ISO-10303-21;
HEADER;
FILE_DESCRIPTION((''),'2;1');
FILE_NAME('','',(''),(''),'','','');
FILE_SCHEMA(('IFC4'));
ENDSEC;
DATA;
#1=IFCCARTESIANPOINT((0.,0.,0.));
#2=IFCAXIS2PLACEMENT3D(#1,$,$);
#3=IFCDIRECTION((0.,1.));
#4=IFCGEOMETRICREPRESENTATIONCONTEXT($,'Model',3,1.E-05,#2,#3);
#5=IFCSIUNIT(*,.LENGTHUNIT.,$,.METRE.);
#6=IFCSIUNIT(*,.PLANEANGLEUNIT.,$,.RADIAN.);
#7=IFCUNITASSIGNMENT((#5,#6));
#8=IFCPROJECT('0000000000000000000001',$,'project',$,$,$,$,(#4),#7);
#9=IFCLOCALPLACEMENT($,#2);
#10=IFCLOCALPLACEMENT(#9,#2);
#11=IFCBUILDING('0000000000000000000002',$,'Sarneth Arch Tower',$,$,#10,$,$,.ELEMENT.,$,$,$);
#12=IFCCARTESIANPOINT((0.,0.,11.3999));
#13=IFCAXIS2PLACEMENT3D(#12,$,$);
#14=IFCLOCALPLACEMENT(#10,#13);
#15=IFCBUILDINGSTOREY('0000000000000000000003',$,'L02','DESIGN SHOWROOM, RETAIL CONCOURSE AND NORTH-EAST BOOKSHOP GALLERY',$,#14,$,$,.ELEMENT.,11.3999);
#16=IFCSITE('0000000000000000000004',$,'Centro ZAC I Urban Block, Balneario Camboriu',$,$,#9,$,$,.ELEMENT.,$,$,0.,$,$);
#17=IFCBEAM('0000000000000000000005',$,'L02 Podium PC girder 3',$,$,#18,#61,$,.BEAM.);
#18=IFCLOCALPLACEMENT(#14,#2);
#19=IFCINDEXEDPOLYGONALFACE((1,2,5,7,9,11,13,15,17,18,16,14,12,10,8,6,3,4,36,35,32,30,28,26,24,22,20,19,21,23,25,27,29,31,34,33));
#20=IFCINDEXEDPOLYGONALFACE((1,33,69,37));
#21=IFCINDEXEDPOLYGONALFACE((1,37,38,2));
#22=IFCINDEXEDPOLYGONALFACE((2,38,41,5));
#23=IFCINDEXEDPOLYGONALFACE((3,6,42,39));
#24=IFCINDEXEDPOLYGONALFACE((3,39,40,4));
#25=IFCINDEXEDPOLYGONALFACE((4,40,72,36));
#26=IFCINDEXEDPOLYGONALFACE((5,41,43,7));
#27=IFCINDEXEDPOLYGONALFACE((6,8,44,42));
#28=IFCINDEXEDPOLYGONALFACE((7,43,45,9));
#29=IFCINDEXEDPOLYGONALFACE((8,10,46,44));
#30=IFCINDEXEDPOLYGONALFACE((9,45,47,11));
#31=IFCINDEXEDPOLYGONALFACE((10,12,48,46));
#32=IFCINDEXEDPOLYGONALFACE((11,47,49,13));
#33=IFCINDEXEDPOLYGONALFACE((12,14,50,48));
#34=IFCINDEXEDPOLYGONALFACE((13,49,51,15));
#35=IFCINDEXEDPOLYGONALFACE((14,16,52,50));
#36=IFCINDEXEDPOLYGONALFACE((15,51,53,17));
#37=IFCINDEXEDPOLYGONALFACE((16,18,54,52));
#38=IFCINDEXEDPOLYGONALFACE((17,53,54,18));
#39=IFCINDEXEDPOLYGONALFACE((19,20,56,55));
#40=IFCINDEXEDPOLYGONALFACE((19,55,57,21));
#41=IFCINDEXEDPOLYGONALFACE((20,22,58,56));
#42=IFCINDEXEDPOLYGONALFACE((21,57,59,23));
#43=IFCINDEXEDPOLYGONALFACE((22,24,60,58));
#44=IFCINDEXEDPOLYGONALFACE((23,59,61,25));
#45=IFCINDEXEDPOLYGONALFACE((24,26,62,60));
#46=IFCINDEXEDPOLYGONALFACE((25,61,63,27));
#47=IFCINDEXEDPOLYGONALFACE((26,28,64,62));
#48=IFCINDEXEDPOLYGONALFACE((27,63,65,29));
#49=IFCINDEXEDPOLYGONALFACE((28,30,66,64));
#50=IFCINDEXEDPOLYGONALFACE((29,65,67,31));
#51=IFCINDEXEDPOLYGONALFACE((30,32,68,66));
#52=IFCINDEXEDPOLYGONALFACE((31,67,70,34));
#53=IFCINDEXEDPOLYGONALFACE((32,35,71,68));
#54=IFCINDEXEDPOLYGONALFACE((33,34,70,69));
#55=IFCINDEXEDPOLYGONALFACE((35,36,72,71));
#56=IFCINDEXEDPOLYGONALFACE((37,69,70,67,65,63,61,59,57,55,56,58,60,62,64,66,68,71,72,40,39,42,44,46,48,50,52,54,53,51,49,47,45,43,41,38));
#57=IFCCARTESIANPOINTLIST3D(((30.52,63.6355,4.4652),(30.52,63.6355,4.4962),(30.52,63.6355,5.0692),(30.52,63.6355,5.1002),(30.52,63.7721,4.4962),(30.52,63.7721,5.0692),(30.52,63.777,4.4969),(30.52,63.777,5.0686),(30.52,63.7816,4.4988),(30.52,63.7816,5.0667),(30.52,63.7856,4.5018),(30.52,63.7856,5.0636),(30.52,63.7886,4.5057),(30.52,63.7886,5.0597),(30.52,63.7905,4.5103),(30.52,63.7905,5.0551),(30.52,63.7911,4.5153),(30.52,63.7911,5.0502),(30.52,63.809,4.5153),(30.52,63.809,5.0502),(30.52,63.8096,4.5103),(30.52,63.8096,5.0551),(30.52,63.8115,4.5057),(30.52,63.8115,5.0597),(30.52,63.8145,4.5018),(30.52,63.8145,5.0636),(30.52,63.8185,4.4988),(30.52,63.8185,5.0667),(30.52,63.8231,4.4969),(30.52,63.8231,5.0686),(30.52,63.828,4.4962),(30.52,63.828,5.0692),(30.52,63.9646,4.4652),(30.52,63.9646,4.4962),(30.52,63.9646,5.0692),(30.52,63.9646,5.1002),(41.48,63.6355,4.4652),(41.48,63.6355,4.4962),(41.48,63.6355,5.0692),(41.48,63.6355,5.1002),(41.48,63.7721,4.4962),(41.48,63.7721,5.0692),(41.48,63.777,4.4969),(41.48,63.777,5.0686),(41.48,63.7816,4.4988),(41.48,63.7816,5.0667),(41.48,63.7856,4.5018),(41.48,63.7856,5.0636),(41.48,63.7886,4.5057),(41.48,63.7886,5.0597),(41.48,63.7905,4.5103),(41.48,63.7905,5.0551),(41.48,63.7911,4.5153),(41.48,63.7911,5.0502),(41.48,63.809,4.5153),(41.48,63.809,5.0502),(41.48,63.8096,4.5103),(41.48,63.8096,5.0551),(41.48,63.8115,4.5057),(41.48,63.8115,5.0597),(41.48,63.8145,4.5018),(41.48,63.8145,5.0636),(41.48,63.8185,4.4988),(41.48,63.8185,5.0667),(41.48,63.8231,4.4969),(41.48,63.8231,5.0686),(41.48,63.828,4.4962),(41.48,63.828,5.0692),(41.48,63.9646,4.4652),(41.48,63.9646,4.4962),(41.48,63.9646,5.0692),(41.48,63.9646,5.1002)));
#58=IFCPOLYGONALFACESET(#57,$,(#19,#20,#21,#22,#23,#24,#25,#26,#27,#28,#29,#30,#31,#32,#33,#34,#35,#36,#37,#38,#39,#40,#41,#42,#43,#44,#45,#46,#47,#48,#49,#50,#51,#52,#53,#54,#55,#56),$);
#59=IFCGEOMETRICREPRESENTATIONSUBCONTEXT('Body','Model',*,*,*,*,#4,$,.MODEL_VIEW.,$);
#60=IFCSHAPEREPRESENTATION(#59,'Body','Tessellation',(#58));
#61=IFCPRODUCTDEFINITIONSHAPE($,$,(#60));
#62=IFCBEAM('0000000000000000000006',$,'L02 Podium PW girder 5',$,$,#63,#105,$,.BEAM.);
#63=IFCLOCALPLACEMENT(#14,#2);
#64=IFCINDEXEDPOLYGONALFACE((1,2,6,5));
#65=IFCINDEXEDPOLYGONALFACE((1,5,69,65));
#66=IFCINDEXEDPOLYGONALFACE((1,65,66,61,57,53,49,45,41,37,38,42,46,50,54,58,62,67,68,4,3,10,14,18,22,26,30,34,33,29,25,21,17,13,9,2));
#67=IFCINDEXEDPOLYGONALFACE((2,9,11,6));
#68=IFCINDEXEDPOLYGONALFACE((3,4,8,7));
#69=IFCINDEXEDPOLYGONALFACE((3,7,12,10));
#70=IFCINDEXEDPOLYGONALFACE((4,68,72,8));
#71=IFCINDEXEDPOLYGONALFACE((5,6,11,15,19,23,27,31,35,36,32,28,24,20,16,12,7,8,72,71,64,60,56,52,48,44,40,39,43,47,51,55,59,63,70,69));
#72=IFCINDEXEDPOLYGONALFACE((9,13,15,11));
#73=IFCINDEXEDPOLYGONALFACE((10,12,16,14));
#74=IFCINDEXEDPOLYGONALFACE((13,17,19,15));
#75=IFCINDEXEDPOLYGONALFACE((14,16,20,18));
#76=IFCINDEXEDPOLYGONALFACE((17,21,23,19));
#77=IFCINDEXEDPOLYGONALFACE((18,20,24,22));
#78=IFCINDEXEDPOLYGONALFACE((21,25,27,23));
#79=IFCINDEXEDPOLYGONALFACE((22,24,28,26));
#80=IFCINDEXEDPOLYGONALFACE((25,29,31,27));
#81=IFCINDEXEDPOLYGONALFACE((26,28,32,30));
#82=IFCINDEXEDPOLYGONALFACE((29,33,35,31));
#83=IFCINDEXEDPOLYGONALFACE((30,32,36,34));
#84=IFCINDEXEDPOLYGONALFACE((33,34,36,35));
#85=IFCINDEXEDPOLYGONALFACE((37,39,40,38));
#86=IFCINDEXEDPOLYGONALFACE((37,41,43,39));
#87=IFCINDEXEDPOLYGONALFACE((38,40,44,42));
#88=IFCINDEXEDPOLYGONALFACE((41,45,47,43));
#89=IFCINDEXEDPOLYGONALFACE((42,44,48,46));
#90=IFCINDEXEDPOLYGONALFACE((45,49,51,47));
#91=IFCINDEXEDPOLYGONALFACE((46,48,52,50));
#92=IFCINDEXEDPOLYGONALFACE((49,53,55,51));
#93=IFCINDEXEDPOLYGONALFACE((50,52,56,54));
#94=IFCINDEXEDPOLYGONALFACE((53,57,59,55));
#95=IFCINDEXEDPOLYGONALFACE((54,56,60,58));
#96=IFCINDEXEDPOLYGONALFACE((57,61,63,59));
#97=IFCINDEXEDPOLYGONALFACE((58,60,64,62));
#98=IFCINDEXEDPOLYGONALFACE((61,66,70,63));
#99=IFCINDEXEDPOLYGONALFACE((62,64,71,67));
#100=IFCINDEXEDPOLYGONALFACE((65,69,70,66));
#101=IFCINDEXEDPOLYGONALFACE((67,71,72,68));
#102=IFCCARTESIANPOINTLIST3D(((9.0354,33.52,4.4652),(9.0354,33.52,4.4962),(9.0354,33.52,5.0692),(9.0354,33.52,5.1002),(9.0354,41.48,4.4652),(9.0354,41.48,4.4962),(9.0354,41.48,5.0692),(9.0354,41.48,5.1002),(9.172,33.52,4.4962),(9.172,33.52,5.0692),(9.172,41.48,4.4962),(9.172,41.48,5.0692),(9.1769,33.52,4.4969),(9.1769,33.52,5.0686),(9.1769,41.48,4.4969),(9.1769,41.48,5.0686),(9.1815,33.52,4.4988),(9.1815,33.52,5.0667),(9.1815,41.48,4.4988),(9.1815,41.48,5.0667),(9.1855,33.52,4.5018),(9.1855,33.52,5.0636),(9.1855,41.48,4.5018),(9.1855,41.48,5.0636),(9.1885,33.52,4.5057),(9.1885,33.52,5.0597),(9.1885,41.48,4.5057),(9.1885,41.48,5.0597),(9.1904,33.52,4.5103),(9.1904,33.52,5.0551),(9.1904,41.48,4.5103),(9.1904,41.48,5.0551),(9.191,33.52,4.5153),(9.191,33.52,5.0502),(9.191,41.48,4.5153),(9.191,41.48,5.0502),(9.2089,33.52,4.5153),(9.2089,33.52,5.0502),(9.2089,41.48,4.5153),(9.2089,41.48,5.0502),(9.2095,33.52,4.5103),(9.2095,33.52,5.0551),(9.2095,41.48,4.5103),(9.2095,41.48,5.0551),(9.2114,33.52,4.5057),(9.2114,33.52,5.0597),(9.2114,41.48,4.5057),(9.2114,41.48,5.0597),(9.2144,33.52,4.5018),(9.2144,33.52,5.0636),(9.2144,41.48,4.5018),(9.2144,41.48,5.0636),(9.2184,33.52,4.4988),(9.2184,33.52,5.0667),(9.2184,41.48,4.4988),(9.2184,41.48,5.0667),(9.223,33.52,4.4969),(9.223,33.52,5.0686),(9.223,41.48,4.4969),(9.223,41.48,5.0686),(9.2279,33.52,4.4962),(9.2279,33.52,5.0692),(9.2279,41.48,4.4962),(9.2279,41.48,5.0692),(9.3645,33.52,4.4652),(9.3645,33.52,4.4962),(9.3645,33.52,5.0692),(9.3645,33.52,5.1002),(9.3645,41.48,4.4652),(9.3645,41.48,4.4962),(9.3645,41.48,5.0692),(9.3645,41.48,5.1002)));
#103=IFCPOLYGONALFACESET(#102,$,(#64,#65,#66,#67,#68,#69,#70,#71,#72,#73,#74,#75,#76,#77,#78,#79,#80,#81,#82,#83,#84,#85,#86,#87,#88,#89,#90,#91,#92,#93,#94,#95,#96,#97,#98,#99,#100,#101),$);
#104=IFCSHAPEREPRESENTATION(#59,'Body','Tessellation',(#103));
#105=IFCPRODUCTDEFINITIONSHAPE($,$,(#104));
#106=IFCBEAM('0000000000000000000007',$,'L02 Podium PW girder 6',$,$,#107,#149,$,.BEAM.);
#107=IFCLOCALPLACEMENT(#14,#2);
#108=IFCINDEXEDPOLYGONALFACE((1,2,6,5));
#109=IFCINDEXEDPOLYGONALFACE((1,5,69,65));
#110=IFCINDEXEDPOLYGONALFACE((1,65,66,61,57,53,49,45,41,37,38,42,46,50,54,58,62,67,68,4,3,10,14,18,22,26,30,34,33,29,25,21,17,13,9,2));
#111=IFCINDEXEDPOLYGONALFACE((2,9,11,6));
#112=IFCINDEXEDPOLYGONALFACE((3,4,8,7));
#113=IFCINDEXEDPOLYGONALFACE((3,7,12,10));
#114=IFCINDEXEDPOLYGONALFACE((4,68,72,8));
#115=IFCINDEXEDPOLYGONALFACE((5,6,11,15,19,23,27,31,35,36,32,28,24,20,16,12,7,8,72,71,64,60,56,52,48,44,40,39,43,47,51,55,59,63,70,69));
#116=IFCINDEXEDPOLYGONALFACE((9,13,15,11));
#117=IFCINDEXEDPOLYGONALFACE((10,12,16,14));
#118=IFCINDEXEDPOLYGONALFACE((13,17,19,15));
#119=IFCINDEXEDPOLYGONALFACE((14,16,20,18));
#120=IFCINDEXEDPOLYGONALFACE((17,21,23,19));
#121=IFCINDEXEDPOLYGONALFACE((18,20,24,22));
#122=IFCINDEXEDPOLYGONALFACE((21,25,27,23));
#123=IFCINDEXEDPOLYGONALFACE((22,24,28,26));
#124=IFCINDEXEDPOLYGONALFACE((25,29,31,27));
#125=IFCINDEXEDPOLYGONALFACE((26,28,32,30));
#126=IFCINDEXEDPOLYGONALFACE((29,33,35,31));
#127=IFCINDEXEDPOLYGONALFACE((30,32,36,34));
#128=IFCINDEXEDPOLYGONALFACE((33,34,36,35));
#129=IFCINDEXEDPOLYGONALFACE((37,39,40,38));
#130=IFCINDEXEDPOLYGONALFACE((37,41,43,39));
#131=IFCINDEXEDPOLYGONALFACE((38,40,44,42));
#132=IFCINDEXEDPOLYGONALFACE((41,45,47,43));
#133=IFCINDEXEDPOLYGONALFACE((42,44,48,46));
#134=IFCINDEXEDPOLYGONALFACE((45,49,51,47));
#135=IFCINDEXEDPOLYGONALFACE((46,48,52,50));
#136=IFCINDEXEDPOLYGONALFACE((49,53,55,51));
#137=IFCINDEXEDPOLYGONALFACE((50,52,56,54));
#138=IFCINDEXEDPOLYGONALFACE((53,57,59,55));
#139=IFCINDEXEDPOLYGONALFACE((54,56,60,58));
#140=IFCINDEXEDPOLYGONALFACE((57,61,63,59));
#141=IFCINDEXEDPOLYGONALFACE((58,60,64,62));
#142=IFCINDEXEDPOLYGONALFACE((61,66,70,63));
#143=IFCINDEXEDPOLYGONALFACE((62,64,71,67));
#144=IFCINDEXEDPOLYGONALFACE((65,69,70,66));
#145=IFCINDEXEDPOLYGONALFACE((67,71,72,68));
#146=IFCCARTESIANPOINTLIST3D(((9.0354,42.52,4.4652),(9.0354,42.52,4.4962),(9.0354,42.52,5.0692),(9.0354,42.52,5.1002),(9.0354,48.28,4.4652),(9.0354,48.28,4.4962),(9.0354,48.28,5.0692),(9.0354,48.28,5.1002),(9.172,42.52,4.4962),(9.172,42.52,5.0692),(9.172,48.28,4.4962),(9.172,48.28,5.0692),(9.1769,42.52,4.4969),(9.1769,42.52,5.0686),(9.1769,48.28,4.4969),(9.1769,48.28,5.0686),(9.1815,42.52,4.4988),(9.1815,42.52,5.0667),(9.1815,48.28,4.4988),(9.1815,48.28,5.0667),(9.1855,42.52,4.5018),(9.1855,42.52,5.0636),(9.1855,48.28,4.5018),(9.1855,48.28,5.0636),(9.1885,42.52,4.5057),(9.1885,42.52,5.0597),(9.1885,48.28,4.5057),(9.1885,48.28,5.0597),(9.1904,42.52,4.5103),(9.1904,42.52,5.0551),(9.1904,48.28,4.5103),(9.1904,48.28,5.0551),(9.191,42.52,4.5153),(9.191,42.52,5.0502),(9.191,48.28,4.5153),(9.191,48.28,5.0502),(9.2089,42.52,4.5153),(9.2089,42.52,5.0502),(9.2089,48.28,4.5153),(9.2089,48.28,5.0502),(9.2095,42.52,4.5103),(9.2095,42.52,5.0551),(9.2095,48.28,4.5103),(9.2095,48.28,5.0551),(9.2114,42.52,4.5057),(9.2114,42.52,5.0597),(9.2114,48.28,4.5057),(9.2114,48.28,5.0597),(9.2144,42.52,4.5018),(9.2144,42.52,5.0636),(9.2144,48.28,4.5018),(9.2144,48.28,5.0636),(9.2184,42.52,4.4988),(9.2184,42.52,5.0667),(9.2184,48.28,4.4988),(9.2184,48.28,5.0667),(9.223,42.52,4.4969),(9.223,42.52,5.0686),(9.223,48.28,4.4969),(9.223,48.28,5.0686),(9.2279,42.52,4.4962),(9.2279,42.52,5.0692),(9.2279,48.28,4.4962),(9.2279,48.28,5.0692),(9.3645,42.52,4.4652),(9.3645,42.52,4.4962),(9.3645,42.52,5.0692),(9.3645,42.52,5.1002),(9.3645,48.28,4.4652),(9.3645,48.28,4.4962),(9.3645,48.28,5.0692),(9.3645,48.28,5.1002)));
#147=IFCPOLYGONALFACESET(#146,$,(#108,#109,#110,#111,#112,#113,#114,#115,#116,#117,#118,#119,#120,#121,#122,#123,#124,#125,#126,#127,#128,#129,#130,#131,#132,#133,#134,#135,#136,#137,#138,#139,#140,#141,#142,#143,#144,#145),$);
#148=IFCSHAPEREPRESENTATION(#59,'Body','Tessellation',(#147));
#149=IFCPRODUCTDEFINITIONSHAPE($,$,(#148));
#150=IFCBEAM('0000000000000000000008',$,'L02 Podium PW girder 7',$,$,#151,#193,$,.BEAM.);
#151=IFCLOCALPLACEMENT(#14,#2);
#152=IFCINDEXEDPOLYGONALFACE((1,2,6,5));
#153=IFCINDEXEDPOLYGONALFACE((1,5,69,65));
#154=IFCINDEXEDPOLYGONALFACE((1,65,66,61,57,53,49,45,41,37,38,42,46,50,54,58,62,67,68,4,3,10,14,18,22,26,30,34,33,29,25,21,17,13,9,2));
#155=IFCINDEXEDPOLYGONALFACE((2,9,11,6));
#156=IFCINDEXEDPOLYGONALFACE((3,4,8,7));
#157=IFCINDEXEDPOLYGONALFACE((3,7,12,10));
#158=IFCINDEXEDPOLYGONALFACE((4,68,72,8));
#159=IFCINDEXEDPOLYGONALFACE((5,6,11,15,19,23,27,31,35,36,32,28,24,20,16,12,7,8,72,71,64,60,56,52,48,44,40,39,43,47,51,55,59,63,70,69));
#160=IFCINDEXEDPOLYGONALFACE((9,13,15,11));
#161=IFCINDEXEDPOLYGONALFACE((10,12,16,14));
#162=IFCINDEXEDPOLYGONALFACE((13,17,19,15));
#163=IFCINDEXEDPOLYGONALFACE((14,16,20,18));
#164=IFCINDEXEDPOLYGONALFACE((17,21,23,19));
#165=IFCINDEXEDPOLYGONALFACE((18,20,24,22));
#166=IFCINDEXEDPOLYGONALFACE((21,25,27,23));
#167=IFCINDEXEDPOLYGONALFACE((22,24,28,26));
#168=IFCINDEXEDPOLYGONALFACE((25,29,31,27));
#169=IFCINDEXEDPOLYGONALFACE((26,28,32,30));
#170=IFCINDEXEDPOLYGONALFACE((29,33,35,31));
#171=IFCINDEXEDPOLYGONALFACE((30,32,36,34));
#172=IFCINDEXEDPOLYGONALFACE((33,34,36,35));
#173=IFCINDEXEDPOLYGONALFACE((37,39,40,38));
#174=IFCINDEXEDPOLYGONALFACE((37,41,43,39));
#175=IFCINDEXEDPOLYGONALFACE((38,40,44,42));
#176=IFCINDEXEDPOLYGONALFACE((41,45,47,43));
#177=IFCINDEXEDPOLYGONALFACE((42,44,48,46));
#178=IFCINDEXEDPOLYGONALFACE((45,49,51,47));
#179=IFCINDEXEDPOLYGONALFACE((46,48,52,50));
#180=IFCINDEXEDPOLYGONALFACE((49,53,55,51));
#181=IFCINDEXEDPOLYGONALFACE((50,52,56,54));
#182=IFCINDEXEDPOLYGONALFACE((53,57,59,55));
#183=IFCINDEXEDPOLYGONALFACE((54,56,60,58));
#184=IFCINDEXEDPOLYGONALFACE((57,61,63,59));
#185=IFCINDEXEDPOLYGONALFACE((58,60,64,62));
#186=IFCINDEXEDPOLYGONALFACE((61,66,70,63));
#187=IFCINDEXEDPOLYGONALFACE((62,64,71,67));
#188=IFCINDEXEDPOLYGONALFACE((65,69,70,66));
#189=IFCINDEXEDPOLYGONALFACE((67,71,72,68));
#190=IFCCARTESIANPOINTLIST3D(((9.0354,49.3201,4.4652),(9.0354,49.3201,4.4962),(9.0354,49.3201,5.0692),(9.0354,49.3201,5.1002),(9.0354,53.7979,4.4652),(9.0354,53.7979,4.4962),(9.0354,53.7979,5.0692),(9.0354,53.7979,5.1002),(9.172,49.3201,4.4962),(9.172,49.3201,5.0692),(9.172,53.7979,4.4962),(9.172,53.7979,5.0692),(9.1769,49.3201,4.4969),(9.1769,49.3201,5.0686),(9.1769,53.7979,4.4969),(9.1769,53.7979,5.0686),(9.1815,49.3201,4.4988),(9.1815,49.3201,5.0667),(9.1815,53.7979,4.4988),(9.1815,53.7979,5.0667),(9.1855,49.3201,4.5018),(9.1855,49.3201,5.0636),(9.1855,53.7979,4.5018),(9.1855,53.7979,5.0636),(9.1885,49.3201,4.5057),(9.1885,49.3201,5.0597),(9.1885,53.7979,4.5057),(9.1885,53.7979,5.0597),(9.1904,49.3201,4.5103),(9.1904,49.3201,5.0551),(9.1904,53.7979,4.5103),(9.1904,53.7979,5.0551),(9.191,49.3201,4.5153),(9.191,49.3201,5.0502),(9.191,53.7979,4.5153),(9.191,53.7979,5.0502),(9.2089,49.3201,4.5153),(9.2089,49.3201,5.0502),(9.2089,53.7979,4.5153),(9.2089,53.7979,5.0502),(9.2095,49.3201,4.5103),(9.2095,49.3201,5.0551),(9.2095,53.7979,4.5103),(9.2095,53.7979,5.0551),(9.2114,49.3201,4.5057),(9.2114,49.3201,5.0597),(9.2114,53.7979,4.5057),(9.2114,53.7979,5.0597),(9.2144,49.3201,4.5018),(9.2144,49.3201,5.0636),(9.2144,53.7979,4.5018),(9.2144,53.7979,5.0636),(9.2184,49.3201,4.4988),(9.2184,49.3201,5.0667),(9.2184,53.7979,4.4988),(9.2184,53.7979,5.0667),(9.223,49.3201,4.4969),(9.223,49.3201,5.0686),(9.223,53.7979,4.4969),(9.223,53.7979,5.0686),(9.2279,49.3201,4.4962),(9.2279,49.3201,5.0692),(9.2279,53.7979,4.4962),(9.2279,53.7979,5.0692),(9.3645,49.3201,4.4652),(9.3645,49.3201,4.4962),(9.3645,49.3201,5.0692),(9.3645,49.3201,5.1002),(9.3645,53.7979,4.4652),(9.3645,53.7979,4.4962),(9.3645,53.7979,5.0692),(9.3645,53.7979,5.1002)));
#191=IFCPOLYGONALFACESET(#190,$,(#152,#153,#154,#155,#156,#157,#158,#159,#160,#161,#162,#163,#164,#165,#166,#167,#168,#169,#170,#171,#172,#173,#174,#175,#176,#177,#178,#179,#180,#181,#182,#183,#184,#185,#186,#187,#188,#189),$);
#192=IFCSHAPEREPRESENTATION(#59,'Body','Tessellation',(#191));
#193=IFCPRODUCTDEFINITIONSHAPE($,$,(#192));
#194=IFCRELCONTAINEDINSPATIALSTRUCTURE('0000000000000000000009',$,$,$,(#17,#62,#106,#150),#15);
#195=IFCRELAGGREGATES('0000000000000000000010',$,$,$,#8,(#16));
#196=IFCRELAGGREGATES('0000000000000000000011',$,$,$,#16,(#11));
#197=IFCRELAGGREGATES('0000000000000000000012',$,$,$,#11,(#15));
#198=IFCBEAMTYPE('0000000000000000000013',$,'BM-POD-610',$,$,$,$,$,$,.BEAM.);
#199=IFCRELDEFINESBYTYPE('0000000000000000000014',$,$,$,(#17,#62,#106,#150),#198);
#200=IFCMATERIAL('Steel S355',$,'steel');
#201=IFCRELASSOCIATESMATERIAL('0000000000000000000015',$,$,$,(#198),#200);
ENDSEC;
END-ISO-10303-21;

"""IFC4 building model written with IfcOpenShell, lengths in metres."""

from ifc_helpers import new_model, si_unit, direction, frame, origin, origin_2d, place, context, subcontext, project, spatial, i_section, extrude, material, material_profile, profile_set, type_object, element, save


model = new_model("IFC4")

# Units and contexts
model_context = context("Model", 3, precision=1e-05, world=origin(), true_north=direction((0.0, 1.0)))
body_context = subcontext(model_context, "Body", "Model", "MODEL_VIEW")
ifc_project = project(units=[si_unit("LENGTHUNIT", "METRE"), si_unit("PLANEANGLEUNIT", "RADIAN")], contexts=[model_context])

# Site, building, storey
site_placement = place(None, origin())
site = spatial("IfcSite", under=ifc_project, at=site_placement, Name="Centro ZAC I Urban Block, Balneario Camboriu", CompositionType="ELEMENT", RefElevation=0.0)
building_placement = place(site_placement, origin())
building = spatial("IfcBuilding", under=site, at=building_placement, Name="Sarneth Arch Tower", CompositionType="ELEMENT")
storey_placement = place(building_placement, frame((0.0, 0.0, 11.3999)))
storey = spatial("IfcBuildingStorey", under=building, at=storey_placement, Name="L02", Description="DESIGN SHOWROOM, RETAIL CONCOURSE AND NORTH-EAST BOOKSHOP GALLERY", CompositionType="ELEMENT", Elevation=11.3999)

# Beams
ifc_material_1 = material(Name="Steel S355", Category="steel")
ifc_material_profile_1 = material_profile(ifc_material_1, i_section(OverallWidth=0.3291, OverallDepth=0.635, WebThickness=0.0178, FlangeThickness=0.031, FilletRadius=0.019, at=origin_2d()), Name="W610x241")
ifc_profile_set_1 = profile_set([ifc_material_profile_1], Name="Steel S355")
beam_type = type_object("IfcBeamType", Name="BM-POD-610", PredefinedType="BEAM", material=ifc_profile_set_1)
beam_1_placement = place(storey_placement, frame((30.52, 63.8, 4.7827), z_axis=(1.0, 0.0, 0.0), x_axis=(0.0, 1.0, 0.0)))
element("IfcBeam", 1, at=beam_1_placement, inside=storey, type_object=beam_type, Name="L02 Podium PC girder 3", PredefinedType="BEAM", context=body_context, shape_type="SweptSolid", body=[
    extrude(i_section(OverallWidth=0.3291, OverallDepth=0.635, WebThickness=0.0178, FlangeThickness=0.031, FilletRadius=0.019, at=origin_2d()), origin(), (0.0, 0.0, 1.0), 10.96),
])
beam_2_placement = place(storey_placement, frame((9.2, 33.52, 4.7827), z_axis=(0.0, 1.0, 0.0), x_axis=(-1.0, 0.0, 0.0)))
element("IfcBeam", 2, at=beam_2_placement, inside=storey, type_object=beam_type, Name="L02 Podium PW girder 5", PredefinedType="BEAM", context=body_context, shape_type="SweptSolid", body=[
    extrude(i_section(OverallWidth=0.3291, OverallDepth=0.635, WebThickness=0.0178, FlangeThickness=0.031, FilletRadius=0.019, at=origin_2d()), origin(), (0.0, 0.0, 1.0), 7.96),
])
beam_3_placement = place(storey_placement, frame((9.2, 42.52, 4.7827), z_axis=(0.0, 1.0, 0.0), x_axis=(-1.0, 0.0, 0.0)))
element("IfcBeam", 3, at=beam_3_placement, inside=storey, type_object=beam_type, Name="L02 Podium PW girder 6", PredefinedType="BEAM", context=body_context, shape_type="SweptSolid", body=[
    extrude(i_section(OverallWidth=0.3291, OverallDepth=0.635, WebThickness=0.0178, FlangeThickness=0.031, FilletRadius=0.019, at=origin_2d()), origin(), (0.0, 0.0, 1.0), 5.76),
])
beam_4_placement = place(storey_placement, frame((9.2, 49.3201, 4.7827), z_axis=(0.0, 1.0, 0.0), x_axis=(-1.0, 0.0, 0.0)))
element("IfcBeam", 4, at=beam_4_placement, inside=storey, type_object=beam_type, Name="L02 Podium PW girder 7", PredefinedType="BEAM", context=body_context, shape_type="SweptSolid", body=[
    extrude(i_section(OverallWidth=0.3291, OverallDepth=0.635, WebThickness=0.0178, FlangeThickness=0.031, FilletRadius=0.019, at=origin_2d()), origin(), (0.0, 0.0, 1.0), 4.4778),
])

save(model, "model.ifc")
